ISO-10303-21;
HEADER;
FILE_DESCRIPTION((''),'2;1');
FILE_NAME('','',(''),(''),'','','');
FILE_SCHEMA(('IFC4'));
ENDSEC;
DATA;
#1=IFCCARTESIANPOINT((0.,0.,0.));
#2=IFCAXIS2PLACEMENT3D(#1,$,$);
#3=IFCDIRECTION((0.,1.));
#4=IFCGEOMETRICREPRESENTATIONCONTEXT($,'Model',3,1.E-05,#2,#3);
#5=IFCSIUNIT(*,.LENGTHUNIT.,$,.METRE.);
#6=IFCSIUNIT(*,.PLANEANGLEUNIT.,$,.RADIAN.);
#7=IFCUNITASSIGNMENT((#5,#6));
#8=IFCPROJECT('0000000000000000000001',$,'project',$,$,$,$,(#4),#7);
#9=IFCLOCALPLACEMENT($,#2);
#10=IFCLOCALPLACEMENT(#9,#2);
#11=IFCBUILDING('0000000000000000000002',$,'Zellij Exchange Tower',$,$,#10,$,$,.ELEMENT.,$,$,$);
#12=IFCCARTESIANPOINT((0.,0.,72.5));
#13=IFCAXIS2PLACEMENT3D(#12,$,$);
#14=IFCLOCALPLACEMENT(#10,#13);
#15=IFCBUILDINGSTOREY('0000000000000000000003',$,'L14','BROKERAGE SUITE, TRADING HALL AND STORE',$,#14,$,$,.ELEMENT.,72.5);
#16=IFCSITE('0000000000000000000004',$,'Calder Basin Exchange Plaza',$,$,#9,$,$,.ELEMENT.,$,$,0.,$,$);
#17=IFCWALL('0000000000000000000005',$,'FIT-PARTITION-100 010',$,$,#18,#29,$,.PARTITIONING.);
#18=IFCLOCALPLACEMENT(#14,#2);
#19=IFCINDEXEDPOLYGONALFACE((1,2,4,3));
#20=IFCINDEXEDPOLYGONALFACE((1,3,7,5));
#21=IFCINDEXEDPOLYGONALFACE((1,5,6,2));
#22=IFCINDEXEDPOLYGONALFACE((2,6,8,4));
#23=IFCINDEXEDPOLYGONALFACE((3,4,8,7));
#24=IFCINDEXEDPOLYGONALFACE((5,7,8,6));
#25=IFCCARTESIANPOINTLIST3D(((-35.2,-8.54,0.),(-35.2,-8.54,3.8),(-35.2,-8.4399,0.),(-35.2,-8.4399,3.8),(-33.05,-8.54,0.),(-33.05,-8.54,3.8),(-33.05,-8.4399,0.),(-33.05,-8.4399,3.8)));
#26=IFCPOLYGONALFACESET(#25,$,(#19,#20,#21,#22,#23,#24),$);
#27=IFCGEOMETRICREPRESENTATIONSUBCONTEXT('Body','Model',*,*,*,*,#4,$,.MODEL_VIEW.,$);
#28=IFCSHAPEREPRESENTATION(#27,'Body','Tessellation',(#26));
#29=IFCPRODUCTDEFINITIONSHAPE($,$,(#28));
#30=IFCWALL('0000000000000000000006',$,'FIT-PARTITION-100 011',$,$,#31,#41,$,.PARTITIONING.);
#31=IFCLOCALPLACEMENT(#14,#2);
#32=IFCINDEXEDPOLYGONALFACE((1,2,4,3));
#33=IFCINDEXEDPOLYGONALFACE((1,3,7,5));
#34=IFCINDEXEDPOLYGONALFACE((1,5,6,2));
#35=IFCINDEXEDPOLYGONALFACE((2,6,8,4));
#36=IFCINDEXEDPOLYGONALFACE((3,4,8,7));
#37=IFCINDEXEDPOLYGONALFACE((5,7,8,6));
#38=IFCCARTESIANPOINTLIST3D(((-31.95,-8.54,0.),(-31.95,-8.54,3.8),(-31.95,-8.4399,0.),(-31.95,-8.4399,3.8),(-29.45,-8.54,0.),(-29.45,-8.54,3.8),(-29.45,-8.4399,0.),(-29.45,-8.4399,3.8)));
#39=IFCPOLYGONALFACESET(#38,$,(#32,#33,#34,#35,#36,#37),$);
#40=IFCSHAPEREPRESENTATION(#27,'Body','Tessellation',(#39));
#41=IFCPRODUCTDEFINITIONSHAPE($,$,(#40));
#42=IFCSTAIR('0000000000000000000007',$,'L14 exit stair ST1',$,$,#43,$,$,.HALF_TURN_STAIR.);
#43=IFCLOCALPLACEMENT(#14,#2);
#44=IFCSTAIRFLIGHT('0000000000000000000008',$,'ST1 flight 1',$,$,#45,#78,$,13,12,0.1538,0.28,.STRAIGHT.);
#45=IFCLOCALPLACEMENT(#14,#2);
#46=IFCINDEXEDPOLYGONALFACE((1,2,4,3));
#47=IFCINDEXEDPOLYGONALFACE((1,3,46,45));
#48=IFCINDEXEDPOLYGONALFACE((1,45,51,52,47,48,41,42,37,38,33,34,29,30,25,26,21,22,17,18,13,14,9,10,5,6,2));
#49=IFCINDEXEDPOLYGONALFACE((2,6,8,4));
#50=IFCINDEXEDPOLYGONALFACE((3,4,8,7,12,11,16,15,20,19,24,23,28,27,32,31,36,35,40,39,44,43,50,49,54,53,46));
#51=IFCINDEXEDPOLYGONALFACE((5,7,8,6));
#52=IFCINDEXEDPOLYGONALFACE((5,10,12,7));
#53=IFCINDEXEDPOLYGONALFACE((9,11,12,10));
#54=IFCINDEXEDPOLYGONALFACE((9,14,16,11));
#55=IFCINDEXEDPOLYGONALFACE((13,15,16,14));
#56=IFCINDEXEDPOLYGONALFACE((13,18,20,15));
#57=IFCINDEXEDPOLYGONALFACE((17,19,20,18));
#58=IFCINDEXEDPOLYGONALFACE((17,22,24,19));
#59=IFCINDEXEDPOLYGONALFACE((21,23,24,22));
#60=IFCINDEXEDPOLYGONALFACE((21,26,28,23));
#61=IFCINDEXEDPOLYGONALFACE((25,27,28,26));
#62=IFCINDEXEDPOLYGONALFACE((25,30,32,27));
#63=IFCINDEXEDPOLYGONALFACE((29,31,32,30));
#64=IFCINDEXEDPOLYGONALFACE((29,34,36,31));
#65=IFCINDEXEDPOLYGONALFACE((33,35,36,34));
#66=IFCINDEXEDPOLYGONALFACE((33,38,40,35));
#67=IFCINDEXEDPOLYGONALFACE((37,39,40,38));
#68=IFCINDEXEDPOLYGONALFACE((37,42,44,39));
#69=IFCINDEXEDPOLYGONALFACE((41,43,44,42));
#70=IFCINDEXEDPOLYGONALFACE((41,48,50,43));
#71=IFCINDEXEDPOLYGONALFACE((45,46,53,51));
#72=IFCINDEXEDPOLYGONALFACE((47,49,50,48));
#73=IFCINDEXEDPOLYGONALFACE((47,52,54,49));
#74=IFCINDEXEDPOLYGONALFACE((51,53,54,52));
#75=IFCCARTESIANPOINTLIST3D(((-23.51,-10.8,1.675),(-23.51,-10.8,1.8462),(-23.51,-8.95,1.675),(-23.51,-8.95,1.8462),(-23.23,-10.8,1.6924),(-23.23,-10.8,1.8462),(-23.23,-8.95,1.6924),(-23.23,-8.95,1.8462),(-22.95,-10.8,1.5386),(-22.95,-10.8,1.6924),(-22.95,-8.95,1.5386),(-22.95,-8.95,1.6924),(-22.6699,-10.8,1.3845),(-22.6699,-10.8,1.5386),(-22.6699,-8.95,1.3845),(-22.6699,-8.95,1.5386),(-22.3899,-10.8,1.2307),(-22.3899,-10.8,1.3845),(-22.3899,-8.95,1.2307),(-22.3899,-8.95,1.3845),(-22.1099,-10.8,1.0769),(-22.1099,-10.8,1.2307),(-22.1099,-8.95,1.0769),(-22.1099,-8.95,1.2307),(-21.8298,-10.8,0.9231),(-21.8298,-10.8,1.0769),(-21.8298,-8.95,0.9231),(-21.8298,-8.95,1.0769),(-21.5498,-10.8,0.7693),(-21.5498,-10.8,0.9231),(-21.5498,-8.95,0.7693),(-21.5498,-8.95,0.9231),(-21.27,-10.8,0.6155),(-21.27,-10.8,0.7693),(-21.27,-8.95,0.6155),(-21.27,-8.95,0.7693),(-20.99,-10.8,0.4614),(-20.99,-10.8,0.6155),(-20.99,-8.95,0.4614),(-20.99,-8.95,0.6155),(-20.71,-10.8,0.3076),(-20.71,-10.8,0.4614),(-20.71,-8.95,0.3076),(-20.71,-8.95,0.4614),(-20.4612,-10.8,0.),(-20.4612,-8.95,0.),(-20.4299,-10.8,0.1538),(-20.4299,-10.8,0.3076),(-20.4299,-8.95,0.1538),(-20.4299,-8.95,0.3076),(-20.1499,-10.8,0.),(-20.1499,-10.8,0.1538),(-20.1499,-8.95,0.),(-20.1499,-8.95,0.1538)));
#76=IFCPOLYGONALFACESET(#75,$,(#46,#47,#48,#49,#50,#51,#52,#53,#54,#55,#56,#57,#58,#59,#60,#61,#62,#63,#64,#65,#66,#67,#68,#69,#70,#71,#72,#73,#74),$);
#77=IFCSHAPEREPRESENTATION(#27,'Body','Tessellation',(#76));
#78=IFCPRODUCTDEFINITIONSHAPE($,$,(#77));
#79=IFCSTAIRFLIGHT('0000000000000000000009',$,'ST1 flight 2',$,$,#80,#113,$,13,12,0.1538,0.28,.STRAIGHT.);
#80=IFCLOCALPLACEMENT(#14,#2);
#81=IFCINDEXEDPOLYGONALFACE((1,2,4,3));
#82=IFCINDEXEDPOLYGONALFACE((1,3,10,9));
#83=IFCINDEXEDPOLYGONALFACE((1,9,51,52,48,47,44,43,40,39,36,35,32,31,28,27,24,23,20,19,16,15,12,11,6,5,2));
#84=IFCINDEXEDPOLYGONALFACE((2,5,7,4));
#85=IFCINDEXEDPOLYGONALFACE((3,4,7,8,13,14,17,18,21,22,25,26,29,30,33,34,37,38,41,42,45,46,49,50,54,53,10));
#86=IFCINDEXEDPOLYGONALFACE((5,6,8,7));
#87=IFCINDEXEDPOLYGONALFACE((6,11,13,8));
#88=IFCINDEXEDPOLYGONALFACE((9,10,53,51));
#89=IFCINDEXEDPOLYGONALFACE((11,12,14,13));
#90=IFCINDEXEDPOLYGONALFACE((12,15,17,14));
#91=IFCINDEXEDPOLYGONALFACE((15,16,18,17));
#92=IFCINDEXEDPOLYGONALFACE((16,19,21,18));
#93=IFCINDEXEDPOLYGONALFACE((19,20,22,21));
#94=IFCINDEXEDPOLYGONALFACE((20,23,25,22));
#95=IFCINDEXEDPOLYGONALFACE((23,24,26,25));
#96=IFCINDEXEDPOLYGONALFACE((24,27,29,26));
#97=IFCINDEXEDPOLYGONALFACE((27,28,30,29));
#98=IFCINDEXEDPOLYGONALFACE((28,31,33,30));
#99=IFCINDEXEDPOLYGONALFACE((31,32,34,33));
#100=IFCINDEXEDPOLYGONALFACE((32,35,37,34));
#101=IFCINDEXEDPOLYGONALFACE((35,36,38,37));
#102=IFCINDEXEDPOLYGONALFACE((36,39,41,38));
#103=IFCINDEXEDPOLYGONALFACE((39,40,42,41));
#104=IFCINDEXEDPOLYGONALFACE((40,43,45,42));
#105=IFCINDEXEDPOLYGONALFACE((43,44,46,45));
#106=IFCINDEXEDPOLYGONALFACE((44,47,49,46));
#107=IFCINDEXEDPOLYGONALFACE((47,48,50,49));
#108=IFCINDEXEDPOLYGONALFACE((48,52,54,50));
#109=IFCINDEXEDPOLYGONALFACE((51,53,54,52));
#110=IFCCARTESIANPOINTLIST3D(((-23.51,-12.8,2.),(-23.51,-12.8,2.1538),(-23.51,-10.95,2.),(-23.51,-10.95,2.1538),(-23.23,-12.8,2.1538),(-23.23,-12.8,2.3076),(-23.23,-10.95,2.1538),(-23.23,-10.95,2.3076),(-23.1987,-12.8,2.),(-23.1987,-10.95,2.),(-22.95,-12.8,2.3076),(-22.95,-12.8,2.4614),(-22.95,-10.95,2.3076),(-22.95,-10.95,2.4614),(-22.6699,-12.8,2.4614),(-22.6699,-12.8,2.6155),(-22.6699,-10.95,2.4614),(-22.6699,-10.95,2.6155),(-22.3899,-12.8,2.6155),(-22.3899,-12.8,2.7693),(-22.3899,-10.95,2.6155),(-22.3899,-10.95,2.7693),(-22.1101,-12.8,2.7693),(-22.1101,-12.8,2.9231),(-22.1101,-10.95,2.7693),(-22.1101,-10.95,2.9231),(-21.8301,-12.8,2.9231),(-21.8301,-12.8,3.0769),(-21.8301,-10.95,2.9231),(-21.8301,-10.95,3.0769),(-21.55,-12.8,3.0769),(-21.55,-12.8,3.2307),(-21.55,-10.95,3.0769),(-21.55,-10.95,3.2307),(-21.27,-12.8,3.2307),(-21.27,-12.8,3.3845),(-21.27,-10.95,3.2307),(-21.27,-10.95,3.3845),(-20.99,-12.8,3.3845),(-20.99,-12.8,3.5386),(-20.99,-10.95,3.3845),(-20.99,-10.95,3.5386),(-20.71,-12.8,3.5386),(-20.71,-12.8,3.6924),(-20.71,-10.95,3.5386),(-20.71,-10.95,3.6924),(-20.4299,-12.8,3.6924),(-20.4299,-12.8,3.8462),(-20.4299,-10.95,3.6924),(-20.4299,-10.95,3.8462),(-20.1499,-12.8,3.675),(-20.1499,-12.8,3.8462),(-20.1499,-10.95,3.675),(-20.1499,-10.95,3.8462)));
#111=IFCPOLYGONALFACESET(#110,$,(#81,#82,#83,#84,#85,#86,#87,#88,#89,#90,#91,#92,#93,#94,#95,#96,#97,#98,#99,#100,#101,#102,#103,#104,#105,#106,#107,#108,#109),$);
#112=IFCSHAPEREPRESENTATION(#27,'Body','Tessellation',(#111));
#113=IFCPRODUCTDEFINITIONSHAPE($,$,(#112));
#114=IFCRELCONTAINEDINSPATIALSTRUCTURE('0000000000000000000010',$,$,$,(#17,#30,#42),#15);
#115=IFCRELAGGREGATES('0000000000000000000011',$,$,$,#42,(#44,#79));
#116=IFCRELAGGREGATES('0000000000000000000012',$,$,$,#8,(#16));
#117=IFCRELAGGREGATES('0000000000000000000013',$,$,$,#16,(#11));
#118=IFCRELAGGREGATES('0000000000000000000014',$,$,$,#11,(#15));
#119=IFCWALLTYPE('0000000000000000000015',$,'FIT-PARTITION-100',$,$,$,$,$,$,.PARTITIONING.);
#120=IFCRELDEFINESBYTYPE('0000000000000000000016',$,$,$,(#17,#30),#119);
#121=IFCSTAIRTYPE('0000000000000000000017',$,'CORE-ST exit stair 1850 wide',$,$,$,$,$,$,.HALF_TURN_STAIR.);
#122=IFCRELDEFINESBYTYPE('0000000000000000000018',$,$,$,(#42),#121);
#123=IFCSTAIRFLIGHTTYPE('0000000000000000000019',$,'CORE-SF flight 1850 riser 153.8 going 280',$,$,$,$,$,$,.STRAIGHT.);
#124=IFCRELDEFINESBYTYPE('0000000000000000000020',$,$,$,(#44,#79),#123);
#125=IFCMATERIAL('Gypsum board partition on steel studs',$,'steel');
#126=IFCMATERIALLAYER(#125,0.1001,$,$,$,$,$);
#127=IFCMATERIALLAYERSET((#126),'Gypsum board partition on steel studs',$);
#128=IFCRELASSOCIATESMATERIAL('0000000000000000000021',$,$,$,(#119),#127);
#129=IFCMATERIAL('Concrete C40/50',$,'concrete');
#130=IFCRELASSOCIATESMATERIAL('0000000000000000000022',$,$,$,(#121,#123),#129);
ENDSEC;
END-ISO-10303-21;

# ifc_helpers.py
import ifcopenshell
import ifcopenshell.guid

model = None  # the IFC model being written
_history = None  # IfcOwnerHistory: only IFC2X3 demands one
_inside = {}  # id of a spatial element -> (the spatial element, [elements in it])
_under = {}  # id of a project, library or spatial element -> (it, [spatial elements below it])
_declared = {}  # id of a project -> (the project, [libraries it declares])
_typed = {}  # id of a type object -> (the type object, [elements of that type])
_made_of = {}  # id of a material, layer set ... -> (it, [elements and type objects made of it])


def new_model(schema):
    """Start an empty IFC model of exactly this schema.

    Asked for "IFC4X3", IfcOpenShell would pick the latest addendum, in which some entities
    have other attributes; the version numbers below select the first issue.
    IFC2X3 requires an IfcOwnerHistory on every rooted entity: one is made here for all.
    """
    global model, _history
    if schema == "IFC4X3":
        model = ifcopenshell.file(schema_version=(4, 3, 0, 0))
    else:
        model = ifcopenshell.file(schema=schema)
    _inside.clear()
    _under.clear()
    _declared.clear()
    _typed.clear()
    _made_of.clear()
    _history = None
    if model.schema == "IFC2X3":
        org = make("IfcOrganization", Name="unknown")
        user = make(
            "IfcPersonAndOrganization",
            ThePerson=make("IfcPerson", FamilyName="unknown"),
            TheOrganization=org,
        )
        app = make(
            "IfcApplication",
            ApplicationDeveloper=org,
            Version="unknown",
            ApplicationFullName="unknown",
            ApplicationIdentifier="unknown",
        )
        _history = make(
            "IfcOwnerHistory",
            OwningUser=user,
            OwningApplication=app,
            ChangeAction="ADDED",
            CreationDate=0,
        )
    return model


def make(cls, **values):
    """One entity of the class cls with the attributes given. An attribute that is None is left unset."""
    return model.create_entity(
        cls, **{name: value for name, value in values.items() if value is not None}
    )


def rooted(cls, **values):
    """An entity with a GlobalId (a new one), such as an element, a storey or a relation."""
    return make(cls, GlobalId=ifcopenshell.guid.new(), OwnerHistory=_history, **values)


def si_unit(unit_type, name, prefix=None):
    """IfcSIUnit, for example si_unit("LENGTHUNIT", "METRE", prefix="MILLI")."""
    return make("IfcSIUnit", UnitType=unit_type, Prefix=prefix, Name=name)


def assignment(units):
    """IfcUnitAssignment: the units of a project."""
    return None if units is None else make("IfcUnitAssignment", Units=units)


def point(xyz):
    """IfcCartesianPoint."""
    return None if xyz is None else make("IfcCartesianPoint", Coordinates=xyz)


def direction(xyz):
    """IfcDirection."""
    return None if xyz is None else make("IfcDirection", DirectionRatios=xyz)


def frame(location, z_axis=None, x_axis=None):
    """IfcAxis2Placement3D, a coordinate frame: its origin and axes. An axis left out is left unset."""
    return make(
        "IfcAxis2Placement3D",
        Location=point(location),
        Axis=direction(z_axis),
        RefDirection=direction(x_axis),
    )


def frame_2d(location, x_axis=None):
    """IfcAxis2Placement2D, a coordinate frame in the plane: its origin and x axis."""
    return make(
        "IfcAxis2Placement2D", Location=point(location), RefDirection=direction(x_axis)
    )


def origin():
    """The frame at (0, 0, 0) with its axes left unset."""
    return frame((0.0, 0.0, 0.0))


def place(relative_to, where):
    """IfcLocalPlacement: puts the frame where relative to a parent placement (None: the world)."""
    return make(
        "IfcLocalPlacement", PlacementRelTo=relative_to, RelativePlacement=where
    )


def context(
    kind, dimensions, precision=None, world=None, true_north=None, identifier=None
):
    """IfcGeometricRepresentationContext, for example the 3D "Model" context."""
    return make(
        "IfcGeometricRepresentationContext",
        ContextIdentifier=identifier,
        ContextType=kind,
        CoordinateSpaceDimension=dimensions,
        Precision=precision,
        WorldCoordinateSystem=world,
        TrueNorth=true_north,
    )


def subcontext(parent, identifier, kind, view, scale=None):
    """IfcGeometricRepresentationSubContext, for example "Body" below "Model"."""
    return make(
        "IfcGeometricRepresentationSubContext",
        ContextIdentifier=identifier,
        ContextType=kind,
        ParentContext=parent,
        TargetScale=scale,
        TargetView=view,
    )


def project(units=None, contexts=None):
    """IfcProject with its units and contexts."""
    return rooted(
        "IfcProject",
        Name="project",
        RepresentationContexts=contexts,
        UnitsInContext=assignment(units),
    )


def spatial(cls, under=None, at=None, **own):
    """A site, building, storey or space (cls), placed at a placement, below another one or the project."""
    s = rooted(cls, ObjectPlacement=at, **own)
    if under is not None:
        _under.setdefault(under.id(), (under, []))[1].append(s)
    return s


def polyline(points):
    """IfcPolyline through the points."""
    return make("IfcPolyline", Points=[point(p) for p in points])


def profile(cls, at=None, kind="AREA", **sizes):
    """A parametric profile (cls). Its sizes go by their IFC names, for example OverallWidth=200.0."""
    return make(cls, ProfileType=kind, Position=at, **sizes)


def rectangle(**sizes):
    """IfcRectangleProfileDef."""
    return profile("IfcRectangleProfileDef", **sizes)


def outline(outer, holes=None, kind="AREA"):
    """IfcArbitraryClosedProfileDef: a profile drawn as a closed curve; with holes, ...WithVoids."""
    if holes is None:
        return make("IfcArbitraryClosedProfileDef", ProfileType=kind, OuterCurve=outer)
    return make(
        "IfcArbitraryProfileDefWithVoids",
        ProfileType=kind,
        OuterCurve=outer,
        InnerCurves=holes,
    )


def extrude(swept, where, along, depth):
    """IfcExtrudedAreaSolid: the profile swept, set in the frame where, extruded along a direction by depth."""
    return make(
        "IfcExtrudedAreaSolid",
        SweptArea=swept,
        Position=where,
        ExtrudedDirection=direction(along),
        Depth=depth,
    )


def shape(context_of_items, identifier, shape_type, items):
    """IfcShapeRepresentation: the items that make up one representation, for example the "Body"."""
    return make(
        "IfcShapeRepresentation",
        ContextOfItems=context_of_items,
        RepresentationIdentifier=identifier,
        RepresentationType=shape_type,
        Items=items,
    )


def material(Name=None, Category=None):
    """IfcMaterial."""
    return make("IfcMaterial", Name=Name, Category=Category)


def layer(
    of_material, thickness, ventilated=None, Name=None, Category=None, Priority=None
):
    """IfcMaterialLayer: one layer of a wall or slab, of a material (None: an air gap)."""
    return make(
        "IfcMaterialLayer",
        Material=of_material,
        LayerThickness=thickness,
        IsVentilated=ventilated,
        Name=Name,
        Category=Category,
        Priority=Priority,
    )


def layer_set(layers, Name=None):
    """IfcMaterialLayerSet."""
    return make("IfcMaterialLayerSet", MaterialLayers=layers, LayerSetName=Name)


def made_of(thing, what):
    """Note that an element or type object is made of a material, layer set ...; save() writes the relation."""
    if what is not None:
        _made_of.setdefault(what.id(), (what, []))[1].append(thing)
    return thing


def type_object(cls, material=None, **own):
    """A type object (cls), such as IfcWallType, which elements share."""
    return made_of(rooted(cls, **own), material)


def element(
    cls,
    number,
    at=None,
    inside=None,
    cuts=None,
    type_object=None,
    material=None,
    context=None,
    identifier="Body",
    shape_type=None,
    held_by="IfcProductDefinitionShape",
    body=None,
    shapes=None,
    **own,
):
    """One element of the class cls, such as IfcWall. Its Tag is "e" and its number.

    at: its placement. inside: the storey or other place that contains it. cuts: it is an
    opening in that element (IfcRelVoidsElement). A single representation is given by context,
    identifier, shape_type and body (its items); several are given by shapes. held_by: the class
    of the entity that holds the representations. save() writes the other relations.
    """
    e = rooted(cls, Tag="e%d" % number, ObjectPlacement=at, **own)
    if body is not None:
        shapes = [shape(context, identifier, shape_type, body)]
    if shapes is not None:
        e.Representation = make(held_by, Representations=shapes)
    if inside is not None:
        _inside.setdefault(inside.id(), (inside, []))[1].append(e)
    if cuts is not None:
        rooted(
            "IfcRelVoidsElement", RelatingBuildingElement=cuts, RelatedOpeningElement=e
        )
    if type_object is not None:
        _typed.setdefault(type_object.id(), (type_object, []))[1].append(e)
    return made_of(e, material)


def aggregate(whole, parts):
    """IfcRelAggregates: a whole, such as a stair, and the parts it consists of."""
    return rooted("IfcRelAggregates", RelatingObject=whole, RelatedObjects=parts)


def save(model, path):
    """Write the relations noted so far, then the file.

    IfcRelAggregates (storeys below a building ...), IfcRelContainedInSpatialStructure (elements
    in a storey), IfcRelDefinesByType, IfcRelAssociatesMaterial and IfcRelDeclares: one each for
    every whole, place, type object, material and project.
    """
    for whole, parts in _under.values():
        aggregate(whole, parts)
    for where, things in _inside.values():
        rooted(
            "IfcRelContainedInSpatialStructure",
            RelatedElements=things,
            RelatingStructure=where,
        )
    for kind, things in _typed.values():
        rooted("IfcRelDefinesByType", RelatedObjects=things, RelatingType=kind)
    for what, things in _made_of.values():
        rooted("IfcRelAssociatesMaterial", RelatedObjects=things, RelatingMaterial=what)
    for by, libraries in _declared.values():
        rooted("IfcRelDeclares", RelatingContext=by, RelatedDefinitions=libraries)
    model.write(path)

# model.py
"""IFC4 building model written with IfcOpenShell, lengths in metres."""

from ifc_helpers import new_model, si_unit, direction, frame, frame_2d, origin, place, context, subcontext, project, spatial, polyline, rectangle, outline, extrude, material, layer, layer_set, type_object, element, aggregate, save


model = new_model("IFC4")

# Units and contexts
model_context = context("Model", 3, precision=1e-05, world=origin(), true_north=direction((0.0, 1.0)))
body_context = subcontext(model_context, "Body", "Model", "MODEL_VIEW")
ifc_project = project(units=[si_unit("LENGTHUNIT", "METRE"), si_unit("PLANEANGLEUNIT", "RADIAN")], contexts=[model_context])

# Site, building, storey
site_placement = place(None, origin())
site = spatial("IfcSite", under=ifc_project, at=site_placement, Name="Calder Basin Exchange Plaza", CompositionType="ELEMENT", RefElevation=0.0)
building_placement = place(site_placement, origin())
building = spatial("IfcBuilding", under=site, at=building_placement, Name="Zellij Exchange Tower", CompositionType="ELEMENT")
storey_placement = place(building_placement, frame((0.0, 0.0, 72.5)))
storey = spatial("IfcBuildingStorey", under=building, at=storey_placement, Name="L14", Description="BROKERAGE SUITE, TRADING HALL AND STORE", CompositionType="ELEMENT", Elevation=72.5)

# Shared definitions
ifc_material_1 = material(Name="Gypsum board partition on steel studs", Category="steel")
ifc_layer_1 = layer(ifc_material_1, 0.1001)
ifc_layer_set_1 = layer_set([ifc_layer_1], Name="Gypsum board partition on steel studs")
wall_type_1 = type_object("IfcWallType", Name="FIT-PARTITION-100", PredefinedType="PARTITIONING", material=ifc_layer_set_1)

# Walls
wall_1_placement = place(storey_placement, frame((-35.2, -8.49, 0.0), z_axis=(0.0, 0.0, 1.0), x_axis=(1.0, 0.0, 0.0)))
element("IfcWall", 1, at=wall_1_placement, inside=storey, type_object=wall_type_1, Name="FIT-PARTITION-100 010", PredefinedType="PARTITIONING", context=body_context, shape_type="SweptSolid", body=[
    extrude(rectangle(XDim=2.1499, YDim=0.1001, at=frame_2d((1.075, 0.0))), origin(), (0.0, 0.0, 1.0), 3.8),
])
wall_2_placement = place(storey_placement, frame((-31.95, -8.49, 0.0), z_axis=(0.0, 0.0, 1.0), x_axis=(1.0, 0.0, 0.0)))
element("IfcWall", 2, at=wall_2_placement, inside=storey, type_object=wall_type_1, Name="FIT-PARTITION-100 011", PredefinedType="PARTITIONING", context=body_context, shape_type="SweptSolid", body=[
    extrude(rectangle(XDim=2.5, YDim=0.1001, at=frame_2d((1.25, 0.0))), origin(), (0.0, 0.0, 1.0), 3.8),
])

# Stair, stair flights
ifc_material_2 = material(Name="Concrete C40/50", Category="concrete")
stair_type = type_object("IfcStairType", Name="CORE-ST exit stair 1850 wide", PredefinedType="HALF_TURN_STAIR", material=ifc_material_2)
stair_placement = place(storey_placement, origin())
stair = element("IfcStair", 3, at=stair_placement, inside=storey, type_object=stair_type, Name="L14 exit stair ST1", PredefinedType="HALF_TURN_STAIR")
stair_flight_type = type_object("IfcStairFlightType", Name="CORE-SF flight 1850 riser 153.8 going 280", PredefinedType="STRAIGHT", material=ifc_material_2)
stair_flight_1_placement = place(storey_placement, frame((-20.1499, -9.875, 0.0), z_axis=(0.0, 0.0, 1.0), x_axis=(-1.0, 0.0, 0.0)))
stair_flight_1 = element("IfcStairFlight", 4, at=stair_flight_1_placement, type_object=stair_flight_type, Name="ST1 flight 1", NumberOfRisers=13, NumberOfTreads=12, PredefinedType="STRAIGHT", RiserHeight=0.1538, TreadLength=0.28, context=body_context, shape_type="SweptSolid", body=[
    extrude(outline(polyline([(0.0, 0.0), (0.0, 0.1538), (0.28, 0.1538), (0.28, 0.3076), (0.5601, 0.3076), (0.5601, 0.4614), (0.8401, 0.4614), (0.8401, 0.6155), (1.1201, 0.6155), (1.1201, 0.7693), (1.3999, 0.7693), (1.3999, 0.9231), (1.6799, 0.9231), (1.6799, 1.0769), (1.96, 1.0769), (1.96, 1.2307), (2.24, 1.2307), (2.24, 1.3845), (2.52, 1.3845), (2.52, 1.5386), (2.8, 1.5386), (2.8, 1.6924), (3.0801, 1.6924), (3.0801, 1.8462), (3.3601, 1.8462), (3.3601, 2.0), (3.3601, 1.675), (0.3113, 0.0), (0.0, 0.0)])), frame((0.0, 0.925, 0.0), z_axis=(0.0, -1.0, 0.0), x_axis=(1.0, 0.0, 0.0)), (0.0, 0.0, 1.0), 1.8501),
])
stair_flight_2_placement = place(storey_placement, frame((-23.51, -11.875, 2.0), z_axis=(0.0, 0.0, 1.0), x_axis=(1.0, 0.0, 0.0)))
stair_flight_2 = element("IfcStairFlight", 5, at=stair_flight_2_placement, type_object=stair_flight_type, Name="ST1 flight 2", NumberOfRisers=13, NumberOfTreads=12, PredefinedType="STRAIGHT", RiserHeight=0.1538, TreadLength=0.28, context=body_context, shape_type="SweptSolid", body=[
    extrude(outline(polyline([(0.0, 0.0), (0.0, 0.1538), (0.28, 0.1538), (0.28, 0.3076), (0.5601, 0.3076), (0.5601, 0.4614), (0.8401, 0.4614), (0.8401, 0.6155), (1.1201, 0.6155), (1.1201, 0.7693), (1.3999, 0.7693), (1.3999, 0.9231), (1.6799, 0.9231), (1.6799, 1.0769), (1.96, 1.0769), (1.96, 1.2307), (2.24, 1.2307), (2.24, 1.3845), (2.52, 1.3845), (2.52, 1.5386), (2.8, 1.5386), (2.8, 1.6924), (3.0801, 1.6924), (3.0801, 1.8462), (3.3601, 1.8462), (3.3601, 2.0), (3.3601, 1.675), (0.3113, 0.0), (0.0, 0.0)])), frame((0.0, 0.925, 0.0), z_axis=(0.0, -1.0, 0.0), x_axis=(1.0, 0.0, 0.0)), (0.0, 0.0, 1.0), 1.8501),
])
aggregate(stair, [stair_flight_1, stair_flight_2])

save(model, "model.ifc")
